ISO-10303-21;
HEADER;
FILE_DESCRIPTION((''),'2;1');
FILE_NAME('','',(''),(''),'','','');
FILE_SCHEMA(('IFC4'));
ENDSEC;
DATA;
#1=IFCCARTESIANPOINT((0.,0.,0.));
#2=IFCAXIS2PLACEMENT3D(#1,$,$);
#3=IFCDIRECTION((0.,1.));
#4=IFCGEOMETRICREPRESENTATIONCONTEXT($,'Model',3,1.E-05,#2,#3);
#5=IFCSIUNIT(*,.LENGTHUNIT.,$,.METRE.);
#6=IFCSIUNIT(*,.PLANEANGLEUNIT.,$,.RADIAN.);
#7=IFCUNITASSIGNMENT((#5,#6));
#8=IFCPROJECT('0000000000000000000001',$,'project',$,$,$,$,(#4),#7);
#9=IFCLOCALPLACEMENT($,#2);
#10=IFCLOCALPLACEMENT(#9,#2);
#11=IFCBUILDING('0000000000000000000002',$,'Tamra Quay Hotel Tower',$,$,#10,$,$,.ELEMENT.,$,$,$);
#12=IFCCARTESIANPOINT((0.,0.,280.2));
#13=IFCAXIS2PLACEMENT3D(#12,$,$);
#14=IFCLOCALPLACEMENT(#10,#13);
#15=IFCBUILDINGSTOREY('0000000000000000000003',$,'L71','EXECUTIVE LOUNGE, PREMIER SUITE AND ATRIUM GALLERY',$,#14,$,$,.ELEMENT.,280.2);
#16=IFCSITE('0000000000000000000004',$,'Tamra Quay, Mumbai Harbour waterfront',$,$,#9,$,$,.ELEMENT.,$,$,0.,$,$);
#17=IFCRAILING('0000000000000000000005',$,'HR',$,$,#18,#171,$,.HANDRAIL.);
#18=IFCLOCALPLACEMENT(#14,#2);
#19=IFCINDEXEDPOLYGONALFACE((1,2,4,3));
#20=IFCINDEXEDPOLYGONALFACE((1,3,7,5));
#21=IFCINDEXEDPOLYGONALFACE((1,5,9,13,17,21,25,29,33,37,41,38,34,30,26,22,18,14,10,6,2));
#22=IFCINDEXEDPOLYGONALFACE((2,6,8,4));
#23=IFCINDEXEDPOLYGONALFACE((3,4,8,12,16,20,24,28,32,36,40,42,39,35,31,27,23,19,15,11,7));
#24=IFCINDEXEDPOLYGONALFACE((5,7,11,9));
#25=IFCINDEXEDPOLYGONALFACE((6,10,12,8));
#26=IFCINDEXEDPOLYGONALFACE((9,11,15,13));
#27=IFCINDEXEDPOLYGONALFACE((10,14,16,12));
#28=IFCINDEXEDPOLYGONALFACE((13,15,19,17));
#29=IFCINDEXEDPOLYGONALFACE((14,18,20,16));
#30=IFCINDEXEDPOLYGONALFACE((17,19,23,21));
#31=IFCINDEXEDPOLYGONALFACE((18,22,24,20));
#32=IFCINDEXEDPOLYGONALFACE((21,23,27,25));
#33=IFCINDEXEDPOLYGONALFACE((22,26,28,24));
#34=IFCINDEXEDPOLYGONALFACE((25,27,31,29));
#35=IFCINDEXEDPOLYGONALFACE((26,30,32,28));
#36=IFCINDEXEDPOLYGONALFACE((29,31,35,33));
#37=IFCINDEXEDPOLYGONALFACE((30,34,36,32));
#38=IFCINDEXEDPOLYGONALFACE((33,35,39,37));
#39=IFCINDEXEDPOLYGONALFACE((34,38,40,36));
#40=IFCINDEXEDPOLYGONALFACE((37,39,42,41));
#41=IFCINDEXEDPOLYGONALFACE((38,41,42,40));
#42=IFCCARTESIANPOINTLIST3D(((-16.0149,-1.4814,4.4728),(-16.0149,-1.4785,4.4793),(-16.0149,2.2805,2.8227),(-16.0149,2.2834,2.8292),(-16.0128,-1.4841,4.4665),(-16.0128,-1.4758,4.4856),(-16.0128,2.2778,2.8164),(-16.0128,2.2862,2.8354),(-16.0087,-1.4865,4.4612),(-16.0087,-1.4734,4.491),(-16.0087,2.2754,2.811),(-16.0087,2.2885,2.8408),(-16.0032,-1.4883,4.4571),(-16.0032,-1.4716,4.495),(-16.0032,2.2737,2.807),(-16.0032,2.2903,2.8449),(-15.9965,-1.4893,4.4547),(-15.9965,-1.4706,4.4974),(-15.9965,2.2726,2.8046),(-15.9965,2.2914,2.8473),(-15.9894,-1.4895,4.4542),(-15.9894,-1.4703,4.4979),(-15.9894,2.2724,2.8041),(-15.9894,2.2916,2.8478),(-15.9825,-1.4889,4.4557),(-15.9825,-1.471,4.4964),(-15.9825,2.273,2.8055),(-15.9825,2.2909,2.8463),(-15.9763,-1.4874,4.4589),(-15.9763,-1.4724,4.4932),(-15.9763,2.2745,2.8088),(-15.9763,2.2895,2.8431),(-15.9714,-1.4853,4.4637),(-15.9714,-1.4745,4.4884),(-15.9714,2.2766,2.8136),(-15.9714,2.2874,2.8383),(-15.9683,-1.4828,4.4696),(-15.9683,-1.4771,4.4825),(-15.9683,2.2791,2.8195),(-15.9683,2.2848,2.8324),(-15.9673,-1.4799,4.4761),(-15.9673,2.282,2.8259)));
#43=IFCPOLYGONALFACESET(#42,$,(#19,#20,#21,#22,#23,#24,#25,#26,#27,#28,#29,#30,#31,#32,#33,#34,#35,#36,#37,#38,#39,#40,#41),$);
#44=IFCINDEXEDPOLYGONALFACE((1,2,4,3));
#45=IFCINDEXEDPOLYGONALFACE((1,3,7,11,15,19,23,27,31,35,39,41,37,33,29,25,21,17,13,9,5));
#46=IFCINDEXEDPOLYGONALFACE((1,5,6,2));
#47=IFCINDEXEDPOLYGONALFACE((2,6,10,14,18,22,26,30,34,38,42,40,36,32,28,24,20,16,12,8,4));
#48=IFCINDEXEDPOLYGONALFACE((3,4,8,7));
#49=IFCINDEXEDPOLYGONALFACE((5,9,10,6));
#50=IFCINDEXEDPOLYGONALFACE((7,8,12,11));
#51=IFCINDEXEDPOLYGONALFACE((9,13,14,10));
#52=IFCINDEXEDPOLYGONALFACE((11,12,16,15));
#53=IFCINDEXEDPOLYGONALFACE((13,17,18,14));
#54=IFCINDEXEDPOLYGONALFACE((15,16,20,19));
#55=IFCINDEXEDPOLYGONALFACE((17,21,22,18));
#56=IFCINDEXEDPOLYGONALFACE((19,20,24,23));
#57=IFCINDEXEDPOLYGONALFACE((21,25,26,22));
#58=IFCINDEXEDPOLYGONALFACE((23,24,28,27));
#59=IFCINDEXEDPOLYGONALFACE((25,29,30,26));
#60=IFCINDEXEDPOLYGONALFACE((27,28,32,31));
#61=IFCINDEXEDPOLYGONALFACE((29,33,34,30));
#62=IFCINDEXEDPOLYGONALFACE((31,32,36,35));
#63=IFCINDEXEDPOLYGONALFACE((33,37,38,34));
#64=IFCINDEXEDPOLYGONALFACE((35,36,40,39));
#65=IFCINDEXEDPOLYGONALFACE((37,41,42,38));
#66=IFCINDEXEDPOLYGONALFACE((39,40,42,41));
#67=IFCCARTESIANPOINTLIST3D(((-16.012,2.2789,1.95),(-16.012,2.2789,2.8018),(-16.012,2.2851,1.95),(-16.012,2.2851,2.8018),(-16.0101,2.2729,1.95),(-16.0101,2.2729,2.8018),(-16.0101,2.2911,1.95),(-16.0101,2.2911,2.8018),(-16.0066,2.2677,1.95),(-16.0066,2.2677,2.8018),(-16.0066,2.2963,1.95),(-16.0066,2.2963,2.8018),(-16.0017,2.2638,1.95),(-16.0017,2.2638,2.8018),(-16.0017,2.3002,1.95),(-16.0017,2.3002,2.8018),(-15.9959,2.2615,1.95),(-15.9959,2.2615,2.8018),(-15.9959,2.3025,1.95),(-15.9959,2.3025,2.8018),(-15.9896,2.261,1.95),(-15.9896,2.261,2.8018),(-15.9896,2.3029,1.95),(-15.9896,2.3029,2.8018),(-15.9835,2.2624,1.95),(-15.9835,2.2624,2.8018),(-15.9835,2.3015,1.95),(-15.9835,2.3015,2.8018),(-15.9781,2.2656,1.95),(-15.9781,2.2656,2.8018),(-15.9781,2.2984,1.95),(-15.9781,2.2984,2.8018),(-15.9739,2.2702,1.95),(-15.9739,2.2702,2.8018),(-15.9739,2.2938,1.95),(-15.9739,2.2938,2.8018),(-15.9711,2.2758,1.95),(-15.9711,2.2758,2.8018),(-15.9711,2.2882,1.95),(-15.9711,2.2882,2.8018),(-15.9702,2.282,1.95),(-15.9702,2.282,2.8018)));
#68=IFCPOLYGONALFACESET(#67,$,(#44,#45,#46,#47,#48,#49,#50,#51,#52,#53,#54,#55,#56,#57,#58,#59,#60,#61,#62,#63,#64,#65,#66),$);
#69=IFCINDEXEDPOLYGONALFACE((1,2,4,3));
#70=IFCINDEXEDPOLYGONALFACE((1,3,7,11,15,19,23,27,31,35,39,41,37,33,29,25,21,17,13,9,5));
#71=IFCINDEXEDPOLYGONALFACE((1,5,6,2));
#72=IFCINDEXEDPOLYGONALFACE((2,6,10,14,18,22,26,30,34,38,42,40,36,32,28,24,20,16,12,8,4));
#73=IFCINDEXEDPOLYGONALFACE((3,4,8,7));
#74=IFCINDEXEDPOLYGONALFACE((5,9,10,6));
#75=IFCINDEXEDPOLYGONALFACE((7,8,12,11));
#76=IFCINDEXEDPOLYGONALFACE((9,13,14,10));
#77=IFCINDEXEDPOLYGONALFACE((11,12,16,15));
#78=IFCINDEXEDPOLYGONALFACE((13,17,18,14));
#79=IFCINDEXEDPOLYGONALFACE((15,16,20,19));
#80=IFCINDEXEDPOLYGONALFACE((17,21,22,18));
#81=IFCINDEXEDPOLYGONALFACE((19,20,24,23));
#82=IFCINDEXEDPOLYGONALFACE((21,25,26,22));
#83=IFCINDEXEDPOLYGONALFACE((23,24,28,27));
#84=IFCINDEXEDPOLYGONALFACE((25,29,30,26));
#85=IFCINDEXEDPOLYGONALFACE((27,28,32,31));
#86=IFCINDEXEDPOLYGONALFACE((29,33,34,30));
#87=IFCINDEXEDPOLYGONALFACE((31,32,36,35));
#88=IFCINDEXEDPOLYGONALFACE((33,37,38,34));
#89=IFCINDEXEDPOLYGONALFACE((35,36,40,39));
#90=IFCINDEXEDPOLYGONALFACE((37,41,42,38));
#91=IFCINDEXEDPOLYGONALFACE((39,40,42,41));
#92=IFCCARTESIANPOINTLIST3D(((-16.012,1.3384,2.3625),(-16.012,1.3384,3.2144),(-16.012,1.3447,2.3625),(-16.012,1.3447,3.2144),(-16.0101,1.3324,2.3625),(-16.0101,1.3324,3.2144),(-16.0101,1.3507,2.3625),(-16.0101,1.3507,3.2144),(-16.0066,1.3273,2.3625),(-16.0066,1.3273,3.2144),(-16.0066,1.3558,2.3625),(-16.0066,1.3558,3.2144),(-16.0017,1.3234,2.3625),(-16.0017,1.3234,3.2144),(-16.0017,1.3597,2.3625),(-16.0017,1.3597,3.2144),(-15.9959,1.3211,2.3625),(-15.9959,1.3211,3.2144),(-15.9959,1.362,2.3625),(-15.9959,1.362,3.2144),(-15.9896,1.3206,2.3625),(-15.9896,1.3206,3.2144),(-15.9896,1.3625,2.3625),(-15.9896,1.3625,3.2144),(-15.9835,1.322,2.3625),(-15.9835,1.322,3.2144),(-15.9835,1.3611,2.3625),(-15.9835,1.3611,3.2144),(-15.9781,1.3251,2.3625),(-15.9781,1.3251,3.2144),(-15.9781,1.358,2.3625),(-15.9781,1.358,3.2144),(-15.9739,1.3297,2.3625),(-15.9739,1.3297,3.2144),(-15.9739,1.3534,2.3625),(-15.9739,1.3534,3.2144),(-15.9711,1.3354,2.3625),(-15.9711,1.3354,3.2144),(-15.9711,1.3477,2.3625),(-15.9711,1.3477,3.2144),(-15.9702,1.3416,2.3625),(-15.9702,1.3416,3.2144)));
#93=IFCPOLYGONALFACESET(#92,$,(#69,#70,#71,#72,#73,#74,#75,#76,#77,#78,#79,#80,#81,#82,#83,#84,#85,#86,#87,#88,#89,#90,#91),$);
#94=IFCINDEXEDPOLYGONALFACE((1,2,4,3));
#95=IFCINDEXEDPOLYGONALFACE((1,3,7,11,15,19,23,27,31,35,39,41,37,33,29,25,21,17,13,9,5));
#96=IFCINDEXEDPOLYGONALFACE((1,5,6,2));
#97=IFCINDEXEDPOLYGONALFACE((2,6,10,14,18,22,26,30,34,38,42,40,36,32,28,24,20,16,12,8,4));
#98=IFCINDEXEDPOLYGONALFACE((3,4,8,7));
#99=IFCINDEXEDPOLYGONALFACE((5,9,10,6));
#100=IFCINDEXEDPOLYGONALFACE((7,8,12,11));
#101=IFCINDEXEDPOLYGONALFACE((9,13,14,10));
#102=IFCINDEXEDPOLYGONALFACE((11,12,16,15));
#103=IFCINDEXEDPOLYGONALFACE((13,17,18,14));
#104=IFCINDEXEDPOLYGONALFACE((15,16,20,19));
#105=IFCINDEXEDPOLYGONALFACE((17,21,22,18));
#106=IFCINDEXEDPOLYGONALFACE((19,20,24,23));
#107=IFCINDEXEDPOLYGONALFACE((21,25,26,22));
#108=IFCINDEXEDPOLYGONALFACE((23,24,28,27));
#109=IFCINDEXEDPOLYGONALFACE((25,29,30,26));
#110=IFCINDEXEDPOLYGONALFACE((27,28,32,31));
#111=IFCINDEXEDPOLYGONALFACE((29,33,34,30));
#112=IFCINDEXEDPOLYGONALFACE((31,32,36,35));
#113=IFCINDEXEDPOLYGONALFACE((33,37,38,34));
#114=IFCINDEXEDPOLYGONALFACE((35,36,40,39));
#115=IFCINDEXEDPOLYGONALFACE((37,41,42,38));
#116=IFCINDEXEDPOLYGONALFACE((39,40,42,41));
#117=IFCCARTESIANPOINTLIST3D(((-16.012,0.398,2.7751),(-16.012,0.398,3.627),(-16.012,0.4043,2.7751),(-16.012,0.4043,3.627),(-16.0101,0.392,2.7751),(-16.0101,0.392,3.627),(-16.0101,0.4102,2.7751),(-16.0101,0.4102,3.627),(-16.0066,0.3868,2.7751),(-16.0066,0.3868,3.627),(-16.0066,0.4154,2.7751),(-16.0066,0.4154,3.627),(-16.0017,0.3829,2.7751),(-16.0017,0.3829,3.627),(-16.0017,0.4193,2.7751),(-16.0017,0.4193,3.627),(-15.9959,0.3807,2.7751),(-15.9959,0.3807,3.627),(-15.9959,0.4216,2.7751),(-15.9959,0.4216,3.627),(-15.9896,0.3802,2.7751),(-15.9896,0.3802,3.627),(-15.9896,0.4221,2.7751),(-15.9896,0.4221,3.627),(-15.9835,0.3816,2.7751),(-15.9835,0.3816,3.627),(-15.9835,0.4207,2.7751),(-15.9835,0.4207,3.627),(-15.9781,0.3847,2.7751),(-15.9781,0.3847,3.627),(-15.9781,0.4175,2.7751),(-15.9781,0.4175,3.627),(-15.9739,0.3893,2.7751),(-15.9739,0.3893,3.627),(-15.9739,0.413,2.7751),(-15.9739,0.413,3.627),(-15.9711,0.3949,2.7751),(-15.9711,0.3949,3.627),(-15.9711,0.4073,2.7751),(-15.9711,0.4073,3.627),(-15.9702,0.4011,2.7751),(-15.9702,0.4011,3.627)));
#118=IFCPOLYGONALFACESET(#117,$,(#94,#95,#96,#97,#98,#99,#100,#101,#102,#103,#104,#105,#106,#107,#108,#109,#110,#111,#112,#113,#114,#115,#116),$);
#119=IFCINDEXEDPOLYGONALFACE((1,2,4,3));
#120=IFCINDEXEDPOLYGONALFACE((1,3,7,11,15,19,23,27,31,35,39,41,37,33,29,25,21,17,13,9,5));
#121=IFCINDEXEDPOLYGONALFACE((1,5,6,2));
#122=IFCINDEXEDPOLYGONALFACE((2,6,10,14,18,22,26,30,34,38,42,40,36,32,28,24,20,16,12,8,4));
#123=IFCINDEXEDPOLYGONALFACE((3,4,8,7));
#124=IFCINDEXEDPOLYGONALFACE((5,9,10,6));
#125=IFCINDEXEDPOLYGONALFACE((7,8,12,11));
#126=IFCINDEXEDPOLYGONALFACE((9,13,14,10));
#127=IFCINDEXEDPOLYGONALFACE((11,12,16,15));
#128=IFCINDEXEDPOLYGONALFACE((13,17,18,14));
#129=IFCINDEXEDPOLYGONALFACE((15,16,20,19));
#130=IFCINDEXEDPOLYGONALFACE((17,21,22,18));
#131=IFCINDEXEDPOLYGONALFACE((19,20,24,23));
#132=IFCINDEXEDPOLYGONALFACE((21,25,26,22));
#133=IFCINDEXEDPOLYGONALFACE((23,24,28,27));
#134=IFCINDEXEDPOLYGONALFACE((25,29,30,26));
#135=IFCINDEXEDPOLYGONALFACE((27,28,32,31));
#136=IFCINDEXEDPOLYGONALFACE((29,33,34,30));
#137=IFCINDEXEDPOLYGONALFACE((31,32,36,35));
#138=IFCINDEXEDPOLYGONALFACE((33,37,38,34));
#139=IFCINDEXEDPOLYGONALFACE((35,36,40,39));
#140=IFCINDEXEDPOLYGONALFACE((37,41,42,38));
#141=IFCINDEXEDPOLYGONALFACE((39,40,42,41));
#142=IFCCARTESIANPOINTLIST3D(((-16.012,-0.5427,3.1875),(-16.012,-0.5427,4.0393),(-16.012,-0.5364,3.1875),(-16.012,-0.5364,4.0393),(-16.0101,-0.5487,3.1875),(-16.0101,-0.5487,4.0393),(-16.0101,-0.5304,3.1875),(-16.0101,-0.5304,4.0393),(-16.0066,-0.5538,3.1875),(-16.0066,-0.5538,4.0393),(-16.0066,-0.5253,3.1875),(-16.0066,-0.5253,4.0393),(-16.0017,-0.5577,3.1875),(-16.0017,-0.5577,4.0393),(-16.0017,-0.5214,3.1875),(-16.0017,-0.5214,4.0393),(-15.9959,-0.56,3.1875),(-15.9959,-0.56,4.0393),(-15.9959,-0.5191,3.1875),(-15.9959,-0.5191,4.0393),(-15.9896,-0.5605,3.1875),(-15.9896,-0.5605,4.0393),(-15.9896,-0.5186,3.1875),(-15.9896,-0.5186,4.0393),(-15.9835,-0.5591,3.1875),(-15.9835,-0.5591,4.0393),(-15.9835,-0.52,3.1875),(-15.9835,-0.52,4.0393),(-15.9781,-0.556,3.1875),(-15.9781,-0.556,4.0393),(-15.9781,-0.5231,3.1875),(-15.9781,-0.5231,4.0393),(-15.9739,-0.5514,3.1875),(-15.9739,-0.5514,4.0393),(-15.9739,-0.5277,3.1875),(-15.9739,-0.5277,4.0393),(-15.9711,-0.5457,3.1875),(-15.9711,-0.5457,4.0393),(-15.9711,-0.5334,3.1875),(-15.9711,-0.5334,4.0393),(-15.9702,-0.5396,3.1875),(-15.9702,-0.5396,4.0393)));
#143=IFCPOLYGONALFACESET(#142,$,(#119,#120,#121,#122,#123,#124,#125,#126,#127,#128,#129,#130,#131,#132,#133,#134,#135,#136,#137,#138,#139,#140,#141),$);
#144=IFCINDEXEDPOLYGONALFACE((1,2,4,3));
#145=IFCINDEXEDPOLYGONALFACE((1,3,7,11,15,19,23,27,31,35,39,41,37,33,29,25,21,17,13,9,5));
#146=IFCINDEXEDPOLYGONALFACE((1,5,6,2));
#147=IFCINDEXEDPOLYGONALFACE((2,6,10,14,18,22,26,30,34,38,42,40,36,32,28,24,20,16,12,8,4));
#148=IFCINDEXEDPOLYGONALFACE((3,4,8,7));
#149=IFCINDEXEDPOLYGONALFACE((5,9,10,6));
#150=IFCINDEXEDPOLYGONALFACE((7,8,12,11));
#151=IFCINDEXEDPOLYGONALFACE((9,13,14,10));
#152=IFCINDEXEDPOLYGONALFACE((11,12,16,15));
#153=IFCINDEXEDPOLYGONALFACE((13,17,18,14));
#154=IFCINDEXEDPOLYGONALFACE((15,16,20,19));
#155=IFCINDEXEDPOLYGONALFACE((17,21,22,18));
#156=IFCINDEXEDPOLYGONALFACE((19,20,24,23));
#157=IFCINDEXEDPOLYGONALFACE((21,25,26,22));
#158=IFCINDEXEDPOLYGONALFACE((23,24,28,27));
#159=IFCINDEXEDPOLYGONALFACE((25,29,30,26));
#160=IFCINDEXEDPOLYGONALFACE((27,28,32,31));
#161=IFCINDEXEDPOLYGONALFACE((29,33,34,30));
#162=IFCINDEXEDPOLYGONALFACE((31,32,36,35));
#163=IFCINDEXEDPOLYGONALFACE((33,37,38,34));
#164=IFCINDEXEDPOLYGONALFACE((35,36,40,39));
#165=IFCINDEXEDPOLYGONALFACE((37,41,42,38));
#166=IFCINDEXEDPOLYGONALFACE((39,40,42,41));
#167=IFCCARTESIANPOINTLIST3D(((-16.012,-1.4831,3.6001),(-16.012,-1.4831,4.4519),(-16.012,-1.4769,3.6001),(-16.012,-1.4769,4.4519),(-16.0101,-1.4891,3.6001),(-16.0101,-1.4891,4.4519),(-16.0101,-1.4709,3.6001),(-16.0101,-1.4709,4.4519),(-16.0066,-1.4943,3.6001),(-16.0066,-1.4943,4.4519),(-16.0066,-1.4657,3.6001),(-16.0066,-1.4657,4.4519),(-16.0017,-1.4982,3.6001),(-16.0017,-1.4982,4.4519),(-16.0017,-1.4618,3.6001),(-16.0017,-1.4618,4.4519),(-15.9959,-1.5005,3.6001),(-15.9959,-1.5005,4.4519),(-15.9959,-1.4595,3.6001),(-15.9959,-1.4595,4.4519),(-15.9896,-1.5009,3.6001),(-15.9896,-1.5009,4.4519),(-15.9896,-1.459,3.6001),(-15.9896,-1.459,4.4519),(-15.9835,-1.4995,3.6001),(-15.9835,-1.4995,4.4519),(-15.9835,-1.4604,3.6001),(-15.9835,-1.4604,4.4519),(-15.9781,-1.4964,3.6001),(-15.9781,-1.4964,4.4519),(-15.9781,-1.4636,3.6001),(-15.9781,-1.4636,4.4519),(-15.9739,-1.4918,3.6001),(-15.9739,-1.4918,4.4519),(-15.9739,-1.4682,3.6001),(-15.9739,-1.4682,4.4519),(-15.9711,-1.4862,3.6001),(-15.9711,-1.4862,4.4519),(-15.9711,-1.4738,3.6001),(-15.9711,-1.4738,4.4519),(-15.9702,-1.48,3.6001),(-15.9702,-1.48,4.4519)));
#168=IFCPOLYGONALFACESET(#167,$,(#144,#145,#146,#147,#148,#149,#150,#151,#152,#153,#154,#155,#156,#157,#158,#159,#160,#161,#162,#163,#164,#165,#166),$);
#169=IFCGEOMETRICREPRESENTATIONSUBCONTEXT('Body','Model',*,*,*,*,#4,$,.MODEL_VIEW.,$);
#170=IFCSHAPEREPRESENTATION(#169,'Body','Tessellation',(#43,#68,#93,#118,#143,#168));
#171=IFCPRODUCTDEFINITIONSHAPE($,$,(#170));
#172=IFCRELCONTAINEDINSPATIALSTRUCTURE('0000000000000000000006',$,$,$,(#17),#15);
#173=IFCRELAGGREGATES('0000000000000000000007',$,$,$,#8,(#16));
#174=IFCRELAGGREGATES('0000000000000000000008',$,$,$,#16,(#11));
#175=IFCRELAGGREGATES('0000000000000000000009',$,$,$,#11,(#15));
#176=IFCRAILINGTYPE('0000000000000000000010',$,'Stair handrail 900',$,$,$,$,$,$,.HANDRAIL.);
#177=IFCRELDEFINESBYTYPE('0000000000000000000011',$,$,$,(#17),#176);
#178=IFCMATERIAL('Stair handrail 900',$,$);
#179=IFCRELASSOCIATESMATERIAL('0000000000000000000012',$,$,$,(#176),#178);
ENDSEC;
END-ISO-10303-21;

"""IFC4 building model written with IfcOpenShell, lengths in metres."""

from ifc_helpers import new_model, si_unit, direction, frame, origin, origin_2d, place, context, subcontext, project, spatial, circle, extrude, material, type_object, element, save


model = new_model("IFC4")

# Units and contexts
model_context = context("Model", 3, precision=1e-05, world=origin(), true_north=direction((0.0, 1.0)))
body_context = subcontext(model_context, "Body", "Model", "MODEL_VIEW")
ifc_project = project(units=[si_unit("LENGTHUNIT", "METRE"), si_unit("PLANEANGLEUNIT", "RADIAN")], contexts=[model_context])

# Site, building, storey
site_placement = place(None, origin())
site = spatial("IfcSite", under=ifc_project, at=site_placement, Name="Tamra Quay, Mumbai Harbour waterfront", CompositionType="ELEMENT", RefElevation=0.0)
building_placement = place(site_placement, origin())
building = spatial("IfcBuilding", under=site, at=building_placement, Name="Tamra Quay Hotel Tower", CompositionType="ELEMENT")
storey_placement = place(building_placement, frame((0.0, 0.0, 280.2)))
storey = spatial("IfcBuildingStorey", under=building, at=storey_placement, Name="L71", Description="EXECUTIVE LOUNGE, PREMIER SUITE AND ATRIUM GALLERY", CompositionType="ELEMENT", Elevation=280.2)

# Railing
ifc_material_1 = material(Name="Stair handrail 900")
railing_type = type_object("IfcRailingType", Name="Stair handrail 900", PredefinedType="HANDRAIL", material=ifc_material_1)
railing_placement = place(storey_placement, frame((-15.9912, 2.282, 1.95)))
element("IfcRailing", 1, at=railing_placement, inside=storey, type_object=railing_type, Name="HR", PredefinedType="HANDRAIL", context=body_context, shape_type="SweptSolid", body=[
    extrude(circle(Radius=0.0239, at=origin_2d()), frame((0.0, 0.0, 0.876), z_axis=(0.0, -0.915774, 0.401695), x_axis=(1.0, 0.0, 0.0)), (0.0, 0.0, 1.0), 4.1079),
    extrude(circle(Radius=0.021, at=origin_2d()), origin(), (0.0, 0.0, 1.0), 0.8518),
    extrude(circle(Radius=0.021, at=origin_2d()), frame((0.0, -0.9404, 0.4126)), (0.0, 0.0, 1.0), 0.8518),
    extrude(circle(Radius=0.021, at=origin_2d()), frame((0.0, -1.8809, 0.8252)), (0.0, 0.0, 1.0), 0.8518),
    extrude(circle(Radius=0.021, at=origin_2d()), frame((0.0, -2.8215, 1.2375)), (0.0, 0.0, 1.0), 0.8518),
    extrude(circle(Radius=0.021, at=origin_2d()), frame((0.0, -3.762, 1.6501)), (0.0, 0.0, 1.0), 0.8518),
])

save(model, "model.ifc")
